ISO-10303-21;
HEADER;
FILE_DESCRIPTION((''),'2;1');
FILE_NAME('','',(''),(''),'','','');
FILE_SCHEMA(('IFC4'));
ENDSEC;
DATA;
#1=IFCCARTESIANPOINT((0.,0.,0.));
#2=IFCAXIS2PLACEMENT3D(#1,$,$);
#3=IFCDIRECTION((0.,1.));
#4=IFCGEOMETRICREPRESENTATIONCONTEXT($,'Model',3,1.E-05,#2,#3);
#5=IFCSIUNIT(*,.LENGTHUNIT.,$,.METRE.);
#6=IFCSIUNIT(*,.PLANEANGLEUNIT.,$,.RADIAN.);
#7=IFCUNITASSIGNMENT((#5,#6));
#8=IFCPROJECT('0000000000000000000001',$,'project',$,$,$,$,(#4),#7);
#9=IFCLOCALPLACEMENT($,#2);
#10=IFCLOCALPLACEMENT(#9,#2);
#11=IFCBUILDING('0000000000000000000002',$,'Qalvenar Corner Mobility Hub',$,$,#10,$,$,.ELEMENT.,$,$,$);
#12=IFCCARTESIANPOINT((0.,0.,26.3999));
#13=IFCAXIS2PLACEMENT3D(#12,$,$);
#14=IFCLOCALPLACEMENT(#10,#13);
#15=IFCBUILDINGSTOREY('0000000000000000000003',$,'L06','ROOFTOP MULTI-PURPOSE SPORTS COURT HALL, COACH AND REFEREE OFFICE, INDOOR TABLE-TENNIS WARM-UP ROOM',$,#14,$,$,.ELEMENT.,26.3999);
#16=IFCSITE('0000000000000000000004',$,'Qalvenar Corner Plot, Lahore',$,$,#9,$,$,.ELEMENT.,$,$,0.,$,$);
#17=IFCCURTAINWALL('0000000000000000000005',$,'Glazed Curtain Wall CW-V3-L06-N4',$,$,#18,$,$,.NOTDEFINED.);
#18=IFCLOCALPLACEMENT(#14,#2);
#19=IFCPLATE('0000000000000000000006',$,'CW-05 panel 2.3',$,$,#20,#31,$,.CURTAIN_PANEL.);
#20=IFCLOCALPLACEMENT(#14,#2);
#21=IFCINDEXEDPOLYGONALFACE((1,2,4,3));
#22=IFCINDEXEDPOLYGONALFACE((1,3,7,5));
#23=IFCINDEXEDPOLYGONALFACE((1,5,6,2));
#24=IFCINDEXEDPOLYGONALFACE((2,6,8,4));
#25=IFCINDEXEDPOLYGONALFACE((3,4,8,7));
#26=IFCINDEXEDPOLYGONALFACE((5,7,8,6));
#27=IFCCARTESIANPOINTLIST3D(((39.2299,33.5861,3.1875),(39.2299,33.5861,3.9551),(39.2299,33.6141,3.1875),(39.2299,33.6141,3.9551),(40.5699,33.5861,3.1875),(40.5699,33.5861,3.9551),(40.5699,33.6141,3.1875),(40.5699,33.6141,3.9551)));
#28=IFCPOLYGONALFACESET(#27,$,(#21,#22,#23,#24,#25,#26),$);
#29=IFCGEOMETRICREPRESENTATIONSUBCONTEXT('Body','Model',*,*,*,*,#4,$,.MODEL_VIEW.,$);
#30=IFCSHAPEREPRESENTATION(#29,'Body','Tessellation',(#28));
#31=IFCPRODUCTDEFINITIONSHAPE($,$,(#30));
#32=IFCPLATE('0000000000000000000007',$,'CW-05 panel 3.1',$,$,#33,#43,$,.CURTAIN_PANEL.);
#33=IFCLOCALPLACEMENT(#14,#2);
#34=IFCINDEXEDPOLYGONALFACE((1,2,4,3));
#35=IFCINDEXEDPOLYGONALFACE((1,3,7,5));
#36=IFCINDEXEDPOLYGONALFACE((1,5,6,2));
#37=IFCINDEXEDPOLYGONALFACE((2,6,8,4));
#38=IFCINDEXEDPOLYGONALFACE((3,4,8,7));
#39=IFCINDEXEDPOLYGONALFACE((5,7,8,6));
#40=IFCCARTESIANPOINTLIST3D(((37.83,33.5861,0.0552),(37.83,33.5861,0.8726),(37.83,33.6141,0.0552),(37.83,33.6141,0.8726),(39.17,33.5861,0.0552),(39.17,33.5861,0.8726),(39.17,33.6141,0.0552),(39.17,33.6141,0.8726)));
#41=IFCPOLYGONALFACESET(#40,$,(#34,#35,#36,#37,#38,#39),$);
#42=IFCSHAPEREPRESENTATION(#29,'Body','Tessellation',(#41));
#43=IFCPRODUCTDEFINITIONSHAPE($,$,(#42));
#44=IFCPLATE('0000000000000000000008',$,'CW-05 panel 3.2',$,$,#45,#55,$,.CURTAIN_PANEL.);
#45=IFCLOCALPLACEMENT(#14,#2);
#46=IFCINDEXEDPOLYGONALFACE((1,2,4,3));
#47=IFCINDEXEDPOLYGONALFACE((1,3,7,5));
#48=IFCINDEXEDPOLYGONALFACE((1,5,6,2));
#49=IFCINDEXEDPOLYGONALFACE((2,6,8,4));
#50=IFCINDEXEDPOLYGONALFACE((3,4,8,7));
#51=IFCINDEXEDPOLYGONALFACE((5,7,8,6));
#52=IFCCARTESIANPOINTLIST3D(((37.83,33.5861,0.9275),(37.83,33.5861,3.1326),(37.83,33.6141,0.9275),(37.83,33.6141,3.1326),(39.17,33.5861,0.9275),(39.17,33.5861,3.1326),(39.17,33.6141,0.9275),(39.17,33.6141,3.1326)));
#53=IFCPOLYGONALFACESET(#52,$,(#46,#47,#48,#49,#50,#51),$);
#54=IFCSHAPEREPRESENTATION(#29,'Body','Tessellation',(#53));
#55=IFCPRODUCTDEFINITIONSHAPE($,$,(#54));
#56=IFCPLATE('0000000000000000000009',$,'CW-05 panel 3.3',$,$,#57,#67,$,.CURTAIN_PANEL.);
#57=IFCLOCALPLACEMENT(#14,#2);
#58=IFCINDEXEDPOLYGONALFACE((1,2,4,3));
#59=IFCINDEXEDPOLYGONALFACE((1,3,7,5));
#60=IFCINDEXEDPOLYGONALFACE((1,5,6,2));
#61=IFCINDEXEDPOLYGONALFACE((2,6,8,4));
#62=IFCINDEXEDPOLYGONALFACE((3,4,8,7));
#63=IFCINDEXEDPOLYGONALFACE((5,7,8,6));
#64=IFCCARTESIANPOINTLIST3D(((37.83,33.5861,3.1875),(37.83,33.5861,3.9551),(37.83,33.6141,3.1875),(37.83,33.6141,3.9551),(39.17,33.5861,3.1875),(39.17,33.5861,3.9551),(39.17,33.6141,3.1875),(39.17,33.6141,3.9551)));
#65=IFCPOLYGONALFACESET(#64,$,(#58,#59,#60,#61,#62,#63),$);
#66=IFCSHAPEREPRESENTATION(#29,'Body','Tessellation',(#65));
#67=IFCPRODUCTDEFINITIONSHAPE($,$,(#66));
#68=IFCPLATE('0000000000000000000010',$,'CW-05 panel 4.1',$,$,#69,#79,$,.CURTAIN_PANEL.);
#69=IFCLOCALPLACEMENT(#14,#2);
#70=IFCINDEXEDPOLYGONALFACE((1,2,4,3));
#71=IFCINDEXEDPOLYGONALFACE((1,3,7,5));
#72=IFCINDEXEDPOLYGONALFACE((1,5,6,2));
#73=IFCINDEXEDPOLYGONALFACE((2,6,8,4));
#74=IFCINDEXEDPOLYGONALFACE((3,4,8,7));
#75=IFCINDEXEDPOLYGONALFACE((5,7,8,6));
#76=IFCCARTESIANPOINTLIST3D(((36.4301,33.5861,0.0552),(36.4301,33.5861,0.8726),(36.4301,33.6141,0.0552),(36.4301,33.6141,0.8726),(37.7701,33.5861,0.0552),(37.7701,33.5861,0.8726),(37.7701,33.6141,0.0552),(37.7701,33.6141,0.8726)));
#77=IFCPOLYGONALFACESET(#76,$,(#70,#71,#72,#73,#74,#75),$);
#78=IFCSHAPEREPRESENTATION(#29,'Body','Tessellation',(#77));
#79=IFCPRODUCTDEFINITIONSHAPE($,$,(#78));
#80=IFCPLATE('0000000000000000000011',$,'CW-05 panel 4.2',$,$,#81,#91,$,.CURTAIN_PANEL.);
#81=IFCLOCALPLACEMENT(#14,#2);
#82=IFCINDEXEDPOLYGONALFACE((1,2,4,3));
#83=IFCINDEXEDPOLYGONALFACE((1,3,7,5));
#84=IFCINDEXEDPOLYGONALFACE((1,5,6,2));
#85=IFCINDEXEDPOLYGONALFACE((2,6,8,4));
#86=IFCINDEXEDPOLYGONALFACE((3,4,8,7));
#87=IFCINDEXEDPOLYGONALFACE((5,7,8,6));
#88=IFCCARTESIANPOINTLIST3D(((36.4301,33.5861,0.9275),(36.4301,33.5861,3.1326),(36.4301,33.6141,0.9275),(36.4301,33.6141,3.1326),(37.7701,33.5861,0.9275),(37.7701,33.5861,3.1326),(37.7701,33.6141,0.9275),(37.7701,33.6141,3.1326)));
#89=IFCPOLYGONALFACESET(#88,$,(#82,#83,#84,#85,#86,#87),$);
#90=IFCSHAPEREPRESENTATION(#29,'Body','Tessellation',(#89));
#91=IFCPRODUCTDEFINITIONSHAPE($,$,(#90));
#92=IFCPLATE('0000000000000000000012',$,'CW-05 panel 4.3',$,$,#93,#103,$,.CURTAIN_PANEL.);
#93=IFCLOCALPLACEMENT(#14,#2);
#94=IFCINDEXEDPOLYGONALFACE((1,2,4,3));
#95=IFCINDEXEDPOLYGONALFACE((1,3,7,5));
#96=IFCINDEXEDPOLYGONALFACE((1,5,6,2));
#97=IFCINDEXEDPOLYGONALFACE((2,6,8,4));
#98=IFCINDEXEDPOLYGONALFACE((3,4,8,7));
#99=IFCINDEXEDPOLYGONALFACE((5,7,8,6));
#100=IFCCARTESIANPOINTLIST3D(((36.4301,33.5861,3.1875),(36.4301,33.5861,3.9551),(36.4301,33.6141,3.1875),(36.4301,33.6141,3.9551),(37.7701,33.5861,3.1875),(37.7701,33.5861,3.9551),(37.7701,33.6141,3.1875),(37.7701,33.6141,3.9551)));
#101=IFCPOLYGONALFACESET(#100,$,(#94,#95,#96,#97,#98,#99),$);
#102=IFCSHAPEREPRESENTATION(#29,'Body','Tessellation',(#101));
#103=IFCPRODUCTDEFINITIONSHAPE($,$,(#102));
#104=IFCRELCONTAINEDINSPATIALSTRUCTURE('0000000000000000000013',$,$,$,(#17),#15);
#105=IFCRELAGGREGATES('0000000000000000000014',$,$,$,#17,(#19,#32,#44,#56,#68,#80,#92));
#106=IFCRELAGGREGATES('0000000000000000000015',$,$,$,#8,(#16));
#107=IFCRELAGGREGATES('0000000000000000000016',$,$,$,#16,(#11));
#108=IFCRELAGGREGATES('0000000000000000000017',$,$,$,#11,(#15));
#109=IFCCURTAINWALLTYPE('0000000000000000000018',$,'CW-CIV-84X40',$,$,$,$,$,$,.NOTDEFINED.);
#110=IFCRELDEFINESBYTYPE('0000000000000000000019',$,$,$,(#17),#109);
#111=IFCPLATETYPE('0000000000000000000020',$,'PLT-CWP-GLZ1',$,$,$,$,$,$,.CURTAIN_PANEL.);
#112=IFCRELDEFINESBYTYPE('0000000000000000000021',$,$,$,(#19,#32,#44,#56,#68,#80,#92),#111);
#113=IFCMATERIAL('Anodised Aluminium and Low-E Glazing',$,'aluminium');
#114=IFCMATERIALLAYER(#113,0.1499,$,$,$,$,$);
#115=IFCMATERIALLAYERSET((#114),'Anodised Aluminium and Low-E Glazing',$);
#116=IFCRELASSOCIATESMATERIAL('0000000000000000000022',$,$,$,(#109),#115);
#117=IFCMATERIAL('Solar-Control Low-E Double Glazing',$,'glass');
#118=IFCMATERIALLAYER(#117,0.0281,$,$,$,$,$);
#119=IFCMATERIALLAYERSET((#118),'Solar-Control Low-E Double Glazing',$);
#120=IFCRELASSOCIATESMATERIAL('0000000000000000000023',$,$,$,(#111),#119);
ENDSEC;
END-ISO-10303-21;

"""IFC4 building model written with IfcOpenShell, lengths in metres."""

from ifc_helpers import new_model, si_unit, direction, frame, origin, origin_2d, place, context, subcontext, project, spatial, rectangle, extrude, material, layer, layer_set, type_object, element, aggregate, save


model = new_model("IFC4")

# Units and contexts
model_context = context("Model", 3, precision=1e-05, world=origin(), true_north=direction((0.0, 1.0)))
body_context = subcontext(model_context, "Body", "Model", "MODEL_VIEW")
ifc_project = project(units=[si_unit("LENGTHUNIT", "METRE"), si_unit("PLANEANGLEUNIT", "RADIAN")], contexts=[model_context])

# Site, building, storey
site_placement = place(None, origin())
site = spatial("IfcSite", under=ifc_project, at=site_placement, Name="Qalvenar Corner Plot, Lahore", CompositionType="ELEMENT", RefElevation=0.0)
building_placement = place(site_placement, origin())
building = spatial("IfcBuilding", under=site, at=building_placement, Name="Qalvenar Corner Mobility Hub", CompositionType="ELEMENT")
storey_placement = place(building_placement, frame((0.0, 0.0, 26.3999)))
storey = spatial("IfcBuildingStorey", under=building, at=storey_placement, Name="L06", Description="ROOFTOP MULTI-PURPOSE SPORTS COURT HALL, COACH AND REFEREE OFFICE, INDOOR TABLE-TENNIS WARM-UP ROOM", CompositionType="ELEMENT", Elevation=26.3999)

# Curtain wall, plates
ifc_material_1 = material(Name="Anodised Aluminium and Low-E Glazing", Category="aluminium")
ifc_layer_1 = layer(ifc_material_1, 0.1499)
ifc_layer_set_1 = layer_set([ifc_layer_1], Name="Anodised Aluminium and Low-E Glazing")
curtain_wall_type = type_object("IfcCurtainWallType", Name="CW-CIV-84X40", PredefinedType="NOTDEFINED", material=ifc_layer_set_1)
curtain_wall_placement = place(storey_placement, origin())
curtain_wall = element("IfcCurtainWall", 1, at=curtain_wall_placement, inside=storey, type_object=curtain_wall_type, Name="Glazed Curtain Wall CW-V3-L06-N4", PredefinedType="NOTDEFINED")
ifc_material_2 = material(Name="Solar-Control Low-E Double Glazing", Category="glass")
ifc_layer_2 = layer(ifc_material_2, 0.0281)
ifc_layer_set_2 = layer_set([ifc_layer_2], Name="Solar-Control Low-E Double Glazing")
plate_type = type_object("IfcPlateType", Name="PLT-CWP-GLZ1", PredefinedType="CURTAIN_PANEL", material=ifc_layer_set_2)
plate_1_placement = place(storey_placement, frame((39.8999, 33.6001, 3.1875), z_axis=(0.0, 0.0, 1.0), x_axis=(-1.0, 0.0, 0.0)))
plate_1 = element("IfcPlate", 2, at=plate_1_placement, type_object=plate_type, Name="CW-05 panel 2.3", PredefinedType="CURTAIN_PANEL", context=body_context, shape_type="SweptSolid", body=[
    extrude(rectangle(XDim=1.3401, YDim=0.0281, at=origin_2d()), origin(), (0.0, 0.0, 1.0), 0.7676),
])
plate_2_placement = place(storey_placement, frame((38.5, 33.6001, 0.0552), z_axis=(0.0, 0.0, 1.0), x_axis=(-1.0, 0.0, 0.0)))
plate_2 = element("IfcPlate", 3, at=plate_2_placement, type_object=plate_type, Name="CW-05 panel 3.1", PredefinedType="CURTAIN_PANEL", context=body_context, shape_type="SweptSolid", body=[
    extrude(rectangle(XDim=1.3401, YDim=0.0281, at=origin_2d()), origin(), (0.0, 0.0, 1.0), 0.8174),
])
plate_3_placement = place(storey_placement, frame((38.5, 33.6001, 0.9275), z_axis=(0.0, 0.0, 1.0), x_axis=(-1.0, 0.0, 0.0)))
plate_3 = element("IfcPlate", 4, at=plate_3_placement, type_object=plate_type, Name="CW-05 panel 3.2", PredefinedType="CURTAIN_PANEL", context=body_context, shape_type="SweptSolid", body=[
    extrude(rectangle(XDim=1.3401, YDim=0.0281, at=origin_2d()), origin(), (0.0, 0.0, 1.0), 2.2051),
])
plate_4_placement = place(storey_placement, frame((38.5, 33.6001, 3.1875), z_axis=(0.0, 0.0, 1.0), x_axis=(-1.0, 0.0, 0.0)))
plate_4 = element("IfcPlate", 5, at=plate_4_placement, type_object=plate_type, Name="CW-05 panel 3.3", PredefinedType="CURTAIN_PANEL", context=body_context, shape_type="SweptSolid", body=[
    extrude(rectangle(XDim=1.3401, YDim=0.0281, at=origin_2d()), origin(), (0.0, 0.0, 1.0), 0.7676),
])
plate_5_placement = place(storey_placement, frame((37.1001, 33.6001, 0.0552), z_axis=(0.0, 0.0, 1.0), x_axis=(-1.0, 0.0, 0.0)))
plate_5 = element("IfcPlate", 6, at=plate_5_placement, type_object=plate_type, Name="CW-05 panel 4.1", PredefinedType="CURTAIN_PANEL", context=body_context, shape_type="SweptSolid", body=[
    extrude(rectangle(XDim=1.3401, YDim=0.0281, at=origin_2d()), origin(), (0.0, 0.0, 1.0), 0.8174),
])
plate_6_placement = place(storey_placement, frame((37.1001, 33.6001, 0.9275), z_axis=(0.0, 0.0, 1.0), x_axis=(-1.0, 0.0, 0.0)))
plate_6 = element("IfcPlate", 7, at=plate_6_placement, type_object=plate_type, Name="CW-05 panel 4.2", PredefinedType="CURTAIN_PANEL", context=body_context, shape_type="SweptSolid", body=[
    extrude(rectangle(XDim=1.3401, YDim=0.0281, at=origin_2d()), origin(), (0.0, 0.0, 1.0), 2.2051),
])
plate_7_placement = place(storey_placement, frame((37.1001, 33.6001, 3.1875), z_axis=(0.0, 0.0, 1.0), x_axis=(-1.0, 0.0, 0.0)))
plate_7 = element("IfcPlate", 8, at=plate_7_placement, type_object=plate_type, Name="CW-05 panel 4.3", PredefinedType="CURTAIN_PANEL", context=body_context, shape_type="SweptSolid", body=[
    extrude(rectangle(XDim=1.3401, YDim=0.0281, at=origin_2d()), origin(), (0.0, 0.0, 1.0), 0.7676),
])
aggregate(curtain_wall, [plate_1, plate_2, plate_3, plate_4, plate_5, plate_6, plate_7])

save(model, "model.ifc")
